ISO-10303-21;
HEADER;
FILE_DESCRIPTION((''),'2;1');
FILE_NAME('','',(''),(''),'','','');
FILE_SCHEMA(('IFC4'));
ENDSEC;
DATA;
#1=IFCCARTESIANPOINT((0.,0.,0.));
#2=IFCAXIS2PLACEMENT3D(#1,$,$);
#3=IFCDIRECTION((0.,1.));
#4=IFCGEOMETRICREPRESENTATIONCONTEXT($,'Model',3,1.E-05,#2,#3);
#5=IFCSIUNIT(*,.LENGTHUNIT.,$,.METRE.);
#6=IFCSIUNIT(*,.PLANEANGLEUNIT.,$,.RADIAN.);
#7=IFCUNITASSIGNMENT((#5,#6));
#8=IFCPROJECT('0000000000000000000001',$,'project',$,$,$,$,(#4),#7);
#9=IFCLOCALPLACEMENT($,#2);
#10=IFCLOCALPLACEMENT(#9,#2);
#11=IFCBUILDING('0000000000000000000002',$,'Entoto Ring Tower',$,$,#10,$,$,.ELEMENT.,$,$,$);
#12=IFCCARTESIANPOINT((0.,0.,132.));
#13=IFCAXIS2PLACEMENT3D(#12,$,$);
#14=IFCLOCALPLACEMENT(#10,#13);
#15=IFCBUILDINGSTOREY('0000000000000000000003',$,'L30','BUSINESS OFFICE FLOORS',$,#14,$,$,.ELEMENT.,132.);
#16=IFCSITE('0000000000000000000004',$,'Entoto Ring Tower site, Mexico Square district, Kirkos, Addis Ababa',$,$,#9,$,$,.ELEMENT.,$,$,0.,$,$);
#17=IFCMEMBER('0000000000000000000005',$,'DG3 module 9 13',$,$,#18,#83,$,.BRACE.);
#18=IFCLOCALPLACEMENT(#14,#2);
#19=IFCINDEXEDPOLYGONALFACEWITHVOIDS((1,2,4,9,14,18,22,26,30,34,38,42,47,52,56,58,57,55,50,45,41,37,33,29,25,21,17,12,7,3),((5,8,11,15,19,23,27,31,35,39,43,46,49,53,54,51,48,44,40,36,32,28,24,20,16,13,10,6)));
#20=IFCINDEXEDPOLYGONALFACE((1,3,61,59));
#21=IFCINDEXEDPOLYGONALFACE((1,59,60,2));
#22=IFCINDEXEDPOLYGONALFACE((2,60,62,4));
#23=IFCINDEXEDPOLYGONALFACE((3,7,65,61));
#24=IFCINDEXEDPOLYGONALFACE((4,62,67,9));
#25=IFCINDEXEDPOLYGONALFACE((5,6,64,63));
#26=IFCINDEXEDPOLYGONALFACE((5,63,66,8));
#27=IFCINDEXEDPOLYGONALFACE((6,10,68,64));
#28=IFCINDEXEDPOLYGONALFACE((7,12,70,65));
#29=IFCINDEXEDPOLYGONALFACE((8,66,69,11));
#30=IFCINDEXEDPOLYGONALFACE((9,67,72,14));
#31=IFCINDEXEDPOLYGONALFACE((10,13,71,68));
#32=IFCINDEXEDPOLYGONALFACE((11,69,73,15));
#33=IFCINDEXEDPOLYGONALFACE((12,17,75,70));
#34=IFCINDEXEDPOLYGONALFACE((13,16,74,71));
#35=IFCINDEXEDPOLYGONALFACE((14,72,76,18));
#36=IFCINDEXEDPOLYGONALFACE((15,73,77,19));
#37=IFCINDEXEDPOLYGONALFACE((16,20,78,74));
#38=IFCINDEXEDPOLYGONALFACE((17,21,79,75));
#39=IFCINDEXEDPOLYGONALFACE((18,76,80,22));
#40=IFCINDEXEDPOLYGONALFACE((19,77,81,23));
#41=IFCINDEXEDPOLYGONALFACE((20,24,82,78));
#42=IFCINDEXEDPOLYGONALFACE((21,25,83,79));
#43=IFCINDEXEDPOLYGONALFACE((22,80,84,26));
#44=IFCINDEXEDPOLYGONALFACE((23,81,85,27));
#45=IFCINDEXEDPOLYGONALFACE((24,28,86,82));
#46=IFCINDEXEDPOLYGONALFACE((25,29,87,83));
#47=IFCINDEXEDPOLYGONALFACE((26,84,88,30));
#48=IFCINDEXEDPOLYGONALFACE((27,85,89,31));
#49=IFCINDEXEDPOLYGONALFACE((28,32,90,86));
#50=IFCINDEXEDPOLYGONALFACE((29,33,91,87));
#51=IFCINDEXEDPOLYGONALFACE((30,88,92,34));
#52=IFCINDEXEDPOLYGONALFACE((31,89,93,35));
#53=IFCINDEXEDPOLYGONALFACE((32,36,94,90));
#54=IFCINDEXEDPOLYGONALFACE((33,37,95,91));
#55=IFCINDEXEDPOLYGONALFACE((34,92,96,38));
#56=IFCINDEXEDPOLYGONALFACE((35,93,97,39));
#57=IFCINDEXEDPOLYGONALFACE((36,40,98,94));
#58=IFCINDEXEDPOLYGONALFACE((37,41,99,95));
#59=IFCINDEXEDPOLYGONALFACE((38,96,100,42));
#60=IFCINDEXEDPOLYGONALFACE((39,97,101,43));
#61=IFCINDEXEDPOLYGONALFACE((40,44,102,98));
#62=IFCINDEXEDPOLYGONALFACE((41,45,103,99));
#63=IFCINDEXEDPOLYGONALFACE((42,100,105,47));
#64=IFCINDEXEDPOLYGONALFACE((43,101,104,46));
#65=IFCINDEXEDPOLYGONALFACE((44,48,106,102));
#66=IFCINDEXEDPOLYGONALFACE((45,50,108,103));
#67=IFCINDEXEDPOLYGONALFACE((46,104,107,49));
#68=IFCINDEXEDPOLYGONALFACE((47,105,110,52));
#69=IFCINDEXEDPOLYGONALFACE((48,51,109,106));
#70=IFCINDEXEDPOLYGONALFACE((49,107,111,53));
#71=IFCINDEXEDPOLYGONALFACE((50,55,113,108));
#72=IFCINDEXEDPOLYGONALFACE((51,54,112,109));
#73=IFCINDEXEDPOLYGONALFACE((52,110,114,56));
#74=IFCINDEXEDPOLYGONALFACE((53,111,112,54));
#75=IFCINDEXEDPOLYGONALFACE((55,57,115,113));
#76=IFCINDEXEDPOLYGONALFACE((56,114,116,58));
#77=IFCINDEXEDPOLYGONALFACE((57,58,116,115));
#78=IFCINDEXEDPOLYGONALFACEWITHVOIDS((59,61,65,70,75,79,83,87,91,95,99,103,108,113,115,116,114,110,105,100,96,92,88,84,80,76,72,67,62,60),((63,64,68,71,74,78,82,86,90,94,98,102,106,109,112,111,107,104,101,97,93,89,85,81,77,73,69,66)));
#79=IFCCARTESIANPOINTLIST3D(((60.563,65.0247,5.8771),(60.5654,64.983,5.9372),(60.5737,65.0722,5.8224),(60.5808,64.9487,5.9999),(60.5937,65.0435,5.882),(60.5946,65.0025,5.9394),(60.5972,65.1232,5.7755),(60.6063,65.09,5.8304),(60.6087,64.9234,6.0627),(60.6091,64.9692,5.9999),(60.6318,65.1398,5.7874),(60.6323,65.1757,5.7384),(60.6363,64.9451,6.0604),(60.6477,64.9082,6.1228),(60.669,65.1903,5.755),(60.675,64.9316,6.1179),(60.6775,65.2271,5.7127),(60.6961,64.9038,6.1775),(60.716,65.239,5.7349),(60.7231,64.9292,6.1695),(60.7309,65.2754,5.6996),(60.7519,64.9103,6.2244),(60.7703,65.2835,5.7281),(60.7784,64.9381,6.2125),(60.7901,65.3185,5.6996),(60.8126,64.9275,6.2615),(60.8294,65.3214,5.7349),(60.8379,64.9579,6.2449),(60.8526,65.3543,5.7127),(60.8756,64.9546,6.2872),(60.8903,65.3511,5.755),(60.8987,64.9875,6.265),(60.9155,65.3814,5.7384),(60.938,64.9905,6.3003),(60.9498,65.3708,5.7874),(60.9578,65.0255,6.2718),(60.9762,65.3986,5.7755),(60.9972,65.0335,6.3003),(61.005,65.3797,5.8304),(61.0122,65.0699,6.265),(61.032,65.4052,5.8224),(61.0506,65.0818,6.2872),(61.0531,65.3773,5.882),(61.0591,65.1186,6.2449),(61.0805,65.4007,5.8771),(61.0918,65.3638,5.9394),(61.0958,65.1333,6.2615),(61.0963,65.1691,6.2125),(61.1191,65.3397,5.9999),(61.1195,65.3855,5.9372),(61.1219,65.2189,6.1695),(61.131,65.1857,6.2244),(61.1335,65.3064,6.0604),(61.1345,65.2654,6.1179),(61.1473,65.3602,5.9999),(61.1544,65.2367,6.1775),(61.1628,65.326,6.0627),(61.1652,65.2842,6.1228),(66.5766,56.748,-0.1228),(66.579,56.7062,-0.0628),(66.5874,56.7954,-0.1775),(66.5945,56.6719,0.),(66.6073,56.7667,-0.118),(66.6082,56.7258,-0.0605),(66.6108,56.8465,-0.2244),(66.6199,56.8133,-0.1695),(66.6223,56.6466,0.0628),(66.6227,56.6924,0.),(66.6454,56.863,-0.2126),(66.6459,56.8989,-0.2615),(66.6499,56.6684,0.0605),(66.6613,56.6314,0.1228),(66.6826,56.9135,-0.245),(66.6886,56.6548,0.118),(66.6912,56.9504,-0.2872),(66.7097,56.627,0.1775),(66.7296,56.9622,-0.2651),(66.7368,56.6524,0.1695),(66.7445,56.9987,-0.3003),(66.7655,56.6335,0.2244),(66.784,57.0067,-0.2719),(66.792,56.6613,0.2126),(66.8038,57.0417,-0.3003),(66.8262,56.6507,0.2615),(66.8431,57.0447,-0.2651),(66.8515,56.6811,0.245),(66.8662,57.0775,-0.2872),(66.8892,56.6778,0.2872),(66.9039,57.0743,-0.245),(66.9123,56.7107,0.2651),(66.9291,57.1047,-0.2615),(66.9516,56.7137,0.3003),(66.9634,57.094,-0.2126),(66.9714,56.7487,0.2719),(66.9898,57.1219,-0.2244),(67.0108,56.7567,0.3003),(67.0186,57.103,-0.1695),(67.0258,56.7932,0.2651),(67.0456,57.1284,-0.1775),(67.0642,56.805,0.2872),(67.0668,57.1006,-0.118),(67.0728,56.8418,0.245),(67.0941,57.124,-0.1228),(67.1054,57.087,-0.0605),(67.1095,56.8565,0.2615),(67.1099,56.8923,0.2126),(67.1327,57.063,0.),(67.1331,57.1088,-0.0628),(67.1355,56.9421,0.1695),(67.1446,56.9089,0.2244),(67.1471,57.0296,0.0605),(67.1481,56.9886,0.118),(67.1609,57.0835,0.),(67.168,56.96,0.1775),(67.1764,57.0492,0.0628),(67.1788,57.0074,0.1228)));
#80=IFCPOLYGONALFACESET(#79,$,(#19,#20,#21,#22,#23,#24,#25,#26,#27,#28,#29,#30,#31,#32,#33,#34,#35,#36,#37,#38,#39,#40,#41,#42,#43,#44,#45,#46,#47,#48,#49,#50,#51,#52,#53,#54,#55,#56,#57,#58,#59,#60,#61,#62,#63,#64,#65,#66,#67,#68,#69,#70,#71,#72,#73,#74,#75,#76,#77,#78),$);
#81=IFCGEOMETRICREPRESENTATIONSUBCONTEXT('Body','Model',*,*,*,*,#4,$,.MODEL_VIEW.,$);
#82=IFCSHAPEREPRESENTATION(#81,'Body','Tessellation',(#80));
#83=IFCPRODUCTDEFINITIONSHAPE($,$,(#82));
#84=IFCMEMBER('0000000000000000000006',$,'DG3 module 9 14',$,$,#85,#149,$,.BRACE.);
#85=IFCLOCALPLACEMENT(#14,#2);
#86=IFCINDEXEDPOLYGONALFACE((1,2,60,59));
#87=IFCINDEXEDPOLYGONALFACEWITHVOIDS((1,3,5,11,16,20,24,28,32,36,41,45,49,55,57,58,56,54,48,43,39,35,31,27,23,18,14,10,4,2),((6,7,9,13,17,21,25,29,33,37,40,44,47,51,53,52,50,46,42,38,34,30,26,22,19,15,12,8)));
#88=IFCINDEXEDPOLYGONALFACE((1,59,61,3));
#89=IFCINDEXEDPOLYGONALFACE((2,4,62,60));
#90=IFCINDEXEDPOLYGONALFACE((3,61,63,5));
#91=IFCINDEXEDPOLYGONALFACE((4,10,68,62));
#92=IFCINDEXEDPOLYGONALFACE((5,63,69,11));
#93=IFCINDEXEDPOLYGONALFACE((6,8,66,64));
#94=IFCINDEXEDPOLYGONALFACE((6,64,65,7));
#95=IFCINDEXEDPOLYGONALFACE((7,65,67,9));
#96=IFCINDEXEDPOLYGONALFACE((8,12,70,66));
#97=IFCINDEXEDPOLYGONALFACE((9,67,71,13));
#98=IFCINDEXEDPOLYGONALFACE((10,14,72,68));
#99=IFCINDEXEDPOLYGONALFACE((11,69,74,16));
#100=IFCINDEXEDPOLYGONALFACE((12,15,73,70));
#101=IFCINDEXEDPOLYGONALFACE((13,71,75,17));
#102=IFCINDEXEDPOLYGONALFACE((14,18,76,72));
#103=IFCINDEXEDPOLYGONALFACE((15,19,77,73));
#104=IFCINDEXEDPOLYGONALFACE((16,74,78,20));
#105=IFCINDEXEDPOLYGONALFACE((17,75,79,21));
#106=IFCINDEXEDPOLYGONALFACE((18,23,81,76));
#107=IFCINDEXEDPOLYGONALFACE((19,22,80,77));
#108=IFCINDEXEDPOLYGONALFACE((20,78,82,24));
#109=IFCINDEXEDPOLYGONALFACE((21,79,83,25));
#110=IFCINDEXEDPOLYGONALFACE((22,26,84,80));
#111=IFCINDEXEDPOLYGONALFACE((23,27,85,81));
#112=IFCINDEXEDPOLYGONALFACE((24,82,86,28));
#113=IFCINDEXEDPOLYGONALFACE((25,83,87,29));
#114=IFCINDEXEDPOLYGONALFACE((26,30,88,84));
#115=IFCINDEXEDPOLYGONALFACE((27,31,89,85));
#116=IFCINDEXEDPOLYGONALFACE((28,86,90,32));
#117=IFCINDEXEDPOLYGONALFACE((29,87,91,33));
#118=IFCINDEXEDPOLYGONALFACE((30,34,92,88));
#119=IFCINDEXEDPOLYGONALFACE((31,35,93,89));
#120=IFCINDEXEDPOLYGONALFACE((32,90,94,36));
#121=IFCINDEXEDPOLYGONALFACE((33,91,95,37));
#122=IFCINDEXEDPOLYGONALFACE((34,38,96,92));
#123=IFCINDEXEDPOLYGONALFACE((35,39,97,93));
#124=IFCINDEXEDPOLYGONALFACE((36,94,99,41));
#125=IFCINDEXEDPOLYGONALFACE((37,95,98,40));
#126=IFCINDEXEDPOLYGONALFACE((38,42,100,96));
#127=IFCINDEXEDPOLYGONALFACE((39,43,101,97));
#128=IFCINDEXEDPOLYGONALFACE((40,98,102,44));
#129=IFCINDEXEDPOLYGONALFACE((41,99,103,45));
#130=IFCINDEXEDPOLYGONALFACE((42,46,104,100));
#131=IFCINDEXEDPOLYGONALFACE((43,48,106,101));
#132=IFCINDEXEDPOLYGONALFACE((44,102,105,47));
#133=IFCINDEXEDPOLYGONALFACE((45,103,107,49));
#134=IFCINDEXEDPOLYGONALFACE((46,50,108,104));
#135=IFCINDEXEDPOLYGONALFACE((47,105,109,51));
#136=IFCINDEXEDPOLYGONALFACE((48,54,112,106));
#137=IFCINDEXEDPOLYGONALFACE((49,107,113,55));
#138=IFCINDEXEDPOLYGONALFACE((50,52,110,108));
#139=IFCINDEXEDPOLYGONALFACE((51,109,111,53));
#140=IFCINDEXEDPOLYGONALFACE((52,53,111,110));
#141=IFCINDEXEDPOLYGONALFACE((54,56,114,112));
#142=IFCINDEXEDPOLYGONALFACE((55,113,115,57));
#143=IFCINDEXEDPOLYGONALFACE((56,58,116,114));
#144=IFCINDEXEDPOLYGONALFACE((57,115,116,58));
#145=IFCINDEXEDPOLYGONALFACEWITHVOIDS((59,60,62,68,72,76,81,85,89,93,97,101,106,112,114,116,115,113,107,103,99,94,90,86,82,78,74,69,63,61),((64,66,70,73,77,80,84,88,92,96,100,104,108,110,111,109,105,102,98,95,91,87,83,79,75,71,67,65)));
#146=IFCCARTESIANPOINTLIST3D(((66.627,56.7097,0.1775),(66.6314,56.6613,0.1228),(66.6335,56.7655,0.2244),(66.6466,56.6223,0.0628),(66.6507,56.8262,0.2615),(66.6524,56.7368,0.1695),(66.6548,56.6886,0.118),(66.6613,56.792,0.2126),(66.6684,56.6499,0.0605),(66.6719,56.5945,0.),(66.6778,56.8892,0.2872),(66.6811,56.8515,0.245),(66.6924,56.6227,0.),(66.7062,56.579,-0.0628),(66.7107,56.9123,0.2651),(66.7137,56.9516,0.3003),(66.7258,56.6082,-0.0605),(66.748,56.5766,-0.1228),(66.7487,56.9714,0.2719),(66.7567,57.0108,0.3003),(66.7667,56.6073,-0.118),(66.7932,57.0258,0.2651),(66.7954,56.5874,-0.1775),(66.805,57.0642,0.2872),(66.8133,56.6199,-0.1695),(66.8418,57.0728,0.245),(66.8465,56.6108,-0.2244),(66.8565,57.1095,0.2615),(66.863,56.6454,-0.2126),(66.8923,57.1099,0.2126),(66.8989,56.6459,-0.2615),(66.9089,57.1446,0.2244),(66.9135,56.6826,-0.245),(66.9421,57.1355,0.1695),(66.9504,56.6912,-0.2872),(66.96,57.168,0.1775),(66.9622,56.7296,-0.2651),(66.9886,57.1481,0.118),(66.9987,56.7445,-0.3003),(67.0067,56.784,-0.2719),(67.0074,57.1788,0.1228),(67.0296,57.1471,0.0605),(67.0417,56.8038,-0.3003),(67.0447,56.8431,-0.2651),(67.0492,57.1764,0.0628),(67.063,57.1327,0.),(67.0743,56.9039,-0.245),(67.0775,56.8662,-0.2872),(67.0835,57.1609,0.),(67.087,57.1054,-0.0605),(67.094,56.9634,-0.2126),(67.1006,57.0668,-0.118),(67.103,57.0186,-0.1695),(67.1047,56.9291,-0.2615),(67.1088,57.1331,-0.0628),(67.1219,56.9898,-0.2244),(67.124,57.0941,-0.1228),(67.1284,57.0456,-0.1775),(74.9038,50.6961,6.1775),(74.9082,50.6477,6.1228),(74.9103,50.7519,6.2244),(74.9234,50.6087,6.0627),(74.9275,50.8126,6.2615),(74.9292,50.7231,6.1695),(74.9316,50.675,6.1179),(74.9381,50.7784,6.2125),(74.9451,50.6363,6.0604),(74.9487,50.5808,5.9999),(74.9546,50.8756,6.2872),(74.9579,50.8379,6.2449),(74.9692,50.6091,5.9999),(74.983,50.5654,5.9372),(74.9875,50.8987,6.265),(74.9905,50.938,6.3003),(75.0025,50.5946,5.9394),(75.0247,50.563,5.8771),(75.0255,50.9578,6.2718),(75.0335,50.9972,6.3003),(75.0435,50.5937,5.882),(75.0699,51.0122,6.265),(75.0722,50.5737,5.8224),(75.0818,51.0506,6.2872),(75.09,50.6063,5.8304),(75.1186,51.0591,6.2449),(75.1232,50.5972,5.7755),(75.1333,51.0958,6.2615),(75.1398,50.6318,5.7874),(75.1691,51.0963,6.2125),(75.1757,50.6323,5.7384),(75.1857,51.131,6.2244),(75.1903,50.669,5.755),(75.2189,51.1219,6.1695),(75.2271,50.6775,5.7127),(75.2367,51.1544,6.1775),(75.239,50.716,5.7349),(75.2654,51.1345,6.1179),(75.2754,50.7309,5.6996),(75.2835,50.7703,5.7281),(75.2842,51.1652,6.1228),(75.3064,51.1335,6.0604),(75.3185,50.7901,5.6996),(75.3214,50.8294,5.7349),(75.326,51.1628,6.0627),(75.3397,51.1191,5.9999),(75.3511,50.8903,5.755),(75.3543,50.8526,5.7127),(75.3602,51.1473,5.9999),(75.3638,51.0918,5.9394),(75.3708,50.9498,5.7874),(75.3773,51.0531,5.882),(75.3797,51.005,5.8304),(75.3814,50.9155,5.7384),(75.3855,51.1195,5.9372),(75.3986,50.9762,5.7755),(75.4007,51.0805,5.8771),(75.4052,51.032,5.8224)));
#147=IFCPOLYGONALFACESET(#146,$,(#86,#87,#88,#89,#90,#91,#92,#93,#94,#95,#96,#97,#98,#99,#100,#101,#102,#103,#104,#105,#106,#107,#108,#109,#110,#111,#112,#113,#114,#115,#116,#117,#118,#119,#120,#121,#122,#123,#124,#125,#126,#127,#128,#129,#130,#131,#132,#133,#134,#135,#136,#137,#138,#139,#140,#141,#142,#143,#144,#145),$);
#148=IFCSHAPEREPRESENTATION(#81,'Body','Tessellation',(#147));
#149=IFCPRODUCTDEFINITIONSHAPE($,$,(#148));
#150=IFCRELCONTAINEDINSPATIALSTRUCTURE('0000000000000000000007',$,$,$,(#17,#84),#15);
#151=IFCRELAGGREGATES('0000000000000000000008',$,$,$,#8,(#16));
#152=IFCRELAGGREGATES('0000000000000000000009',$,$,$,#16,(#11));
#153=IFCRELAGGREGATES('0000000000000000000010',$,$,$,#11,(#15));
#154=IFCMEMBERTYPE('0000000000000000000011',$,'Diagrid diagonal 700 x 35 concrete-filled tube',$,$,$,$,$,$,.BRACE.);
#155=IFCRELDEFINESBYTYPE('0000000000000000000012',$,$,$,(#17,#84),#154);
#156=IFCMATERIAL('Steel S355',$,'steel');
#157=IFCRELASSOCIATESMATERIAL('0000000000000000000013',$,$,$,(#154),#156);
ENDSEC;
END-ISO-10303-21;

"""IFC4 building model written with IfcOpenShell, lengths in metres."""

from ifc_helpers import new_model, si_unit, direction, frame, origin, origin_2d, place, context, subcontext, project, spatial, circle, hollow_circle, extrude, material, material_profile, profile_set, type_object, element, save


model = new_model("IFC4")

# Units and contexts
model_context = context("Model", 3, precision=1e-05, world=origin(), true_north=direction((0.0, 1.0)))
body_context = subcontext(model_context, "Body", "Model", "MODEL_VIEW")
ifc_project = project(units=[si_unit("LENGTHUNIT", "METRE"), si_unit("PLANEANGLEUNIT", "RADIAN")], contexts=[model_context])

# Site, building, storey
site_placement = place(None, origin())
site = spatial("IfcSite", under=ifc_project, at=site_placement, Name="Entoto Ring Tower site, Mexico Square district, Kirkos, Addis Ababa", CompositionType="ELEMENT", RefElevation=0.0)
building_placement = place(site_placement, origin())
building = spatial("IfcBuilding", under=site, at=building_placement, Name="Entoto Ring Tower", CompositionType="ELEMENT")
storey_placement = place(building_placement, frame((0.0, 0.0, 132.0)))
storey = spatial("IfcBuildingStorey", under=building, at=storey_placement, Name="L30", Description="BUSINESS OFFICE FLOORS", CompositionType="ELEMENT", Elevation=132.0)

# Members
ifc_material_1 = material(Name="Steel S355", Category="steel")
ifc_material_profile_1 = material_profile(ifc_material_1, hollow_circle(Radius=0.3501, WallThickness=0.0349, at=origin_2d()), Name="CHS 700 x 35")
ifc_material_2 = material(Name="Concrete C60/75", Category="concrete")
ifc_material_profile_2 = material_profile(ifc_material_2, circle(Radius=0.3149, at=origin_2d()), Name="Concrete C60/75 infill")
ifc_profile_set_1 = profile_set([ifc_material_profile_1, ifc_material_profile_2], Name="Steel S355")
member_type_1 = type_object("IfcMemberType", Name="Diagrid diagonal 700 x 35 concrete-filled tube", PredefinedType="BRACE", material=ifc_profile_set_1)
for number, where, z_axis, x_axis, name in (
    (1, (66.8777, 56.8777, 0.0), (-0.507035, 0.697853, 0.505882), (-0.809008, -0.587797, 0.0), "DG3 module 9 13"),
    (2, (66.8777, 56.8777, 0.0), (0.697853, -0.507035, 0.505882), (0.587797, 0.809008, 0.0), "DG3 module 9 14"),
):
    element("IfcMember", number, at=place(storey_placement, frame(where, z_axis=z_axis, x_axis=x_axis)), inside=storey, type_object=member_type_1, Name=name, PredefinedType="BRACE", context=body_context, shape_type="SweptSolid", body=[
        extrude(hollow_circle(Radius=0.3501, WallThickness=0.0349, at=origin_2d()), origin(), (0.0, 0.0, 1.0), 11.8604),
    ])

save(model, "model.ifc")
